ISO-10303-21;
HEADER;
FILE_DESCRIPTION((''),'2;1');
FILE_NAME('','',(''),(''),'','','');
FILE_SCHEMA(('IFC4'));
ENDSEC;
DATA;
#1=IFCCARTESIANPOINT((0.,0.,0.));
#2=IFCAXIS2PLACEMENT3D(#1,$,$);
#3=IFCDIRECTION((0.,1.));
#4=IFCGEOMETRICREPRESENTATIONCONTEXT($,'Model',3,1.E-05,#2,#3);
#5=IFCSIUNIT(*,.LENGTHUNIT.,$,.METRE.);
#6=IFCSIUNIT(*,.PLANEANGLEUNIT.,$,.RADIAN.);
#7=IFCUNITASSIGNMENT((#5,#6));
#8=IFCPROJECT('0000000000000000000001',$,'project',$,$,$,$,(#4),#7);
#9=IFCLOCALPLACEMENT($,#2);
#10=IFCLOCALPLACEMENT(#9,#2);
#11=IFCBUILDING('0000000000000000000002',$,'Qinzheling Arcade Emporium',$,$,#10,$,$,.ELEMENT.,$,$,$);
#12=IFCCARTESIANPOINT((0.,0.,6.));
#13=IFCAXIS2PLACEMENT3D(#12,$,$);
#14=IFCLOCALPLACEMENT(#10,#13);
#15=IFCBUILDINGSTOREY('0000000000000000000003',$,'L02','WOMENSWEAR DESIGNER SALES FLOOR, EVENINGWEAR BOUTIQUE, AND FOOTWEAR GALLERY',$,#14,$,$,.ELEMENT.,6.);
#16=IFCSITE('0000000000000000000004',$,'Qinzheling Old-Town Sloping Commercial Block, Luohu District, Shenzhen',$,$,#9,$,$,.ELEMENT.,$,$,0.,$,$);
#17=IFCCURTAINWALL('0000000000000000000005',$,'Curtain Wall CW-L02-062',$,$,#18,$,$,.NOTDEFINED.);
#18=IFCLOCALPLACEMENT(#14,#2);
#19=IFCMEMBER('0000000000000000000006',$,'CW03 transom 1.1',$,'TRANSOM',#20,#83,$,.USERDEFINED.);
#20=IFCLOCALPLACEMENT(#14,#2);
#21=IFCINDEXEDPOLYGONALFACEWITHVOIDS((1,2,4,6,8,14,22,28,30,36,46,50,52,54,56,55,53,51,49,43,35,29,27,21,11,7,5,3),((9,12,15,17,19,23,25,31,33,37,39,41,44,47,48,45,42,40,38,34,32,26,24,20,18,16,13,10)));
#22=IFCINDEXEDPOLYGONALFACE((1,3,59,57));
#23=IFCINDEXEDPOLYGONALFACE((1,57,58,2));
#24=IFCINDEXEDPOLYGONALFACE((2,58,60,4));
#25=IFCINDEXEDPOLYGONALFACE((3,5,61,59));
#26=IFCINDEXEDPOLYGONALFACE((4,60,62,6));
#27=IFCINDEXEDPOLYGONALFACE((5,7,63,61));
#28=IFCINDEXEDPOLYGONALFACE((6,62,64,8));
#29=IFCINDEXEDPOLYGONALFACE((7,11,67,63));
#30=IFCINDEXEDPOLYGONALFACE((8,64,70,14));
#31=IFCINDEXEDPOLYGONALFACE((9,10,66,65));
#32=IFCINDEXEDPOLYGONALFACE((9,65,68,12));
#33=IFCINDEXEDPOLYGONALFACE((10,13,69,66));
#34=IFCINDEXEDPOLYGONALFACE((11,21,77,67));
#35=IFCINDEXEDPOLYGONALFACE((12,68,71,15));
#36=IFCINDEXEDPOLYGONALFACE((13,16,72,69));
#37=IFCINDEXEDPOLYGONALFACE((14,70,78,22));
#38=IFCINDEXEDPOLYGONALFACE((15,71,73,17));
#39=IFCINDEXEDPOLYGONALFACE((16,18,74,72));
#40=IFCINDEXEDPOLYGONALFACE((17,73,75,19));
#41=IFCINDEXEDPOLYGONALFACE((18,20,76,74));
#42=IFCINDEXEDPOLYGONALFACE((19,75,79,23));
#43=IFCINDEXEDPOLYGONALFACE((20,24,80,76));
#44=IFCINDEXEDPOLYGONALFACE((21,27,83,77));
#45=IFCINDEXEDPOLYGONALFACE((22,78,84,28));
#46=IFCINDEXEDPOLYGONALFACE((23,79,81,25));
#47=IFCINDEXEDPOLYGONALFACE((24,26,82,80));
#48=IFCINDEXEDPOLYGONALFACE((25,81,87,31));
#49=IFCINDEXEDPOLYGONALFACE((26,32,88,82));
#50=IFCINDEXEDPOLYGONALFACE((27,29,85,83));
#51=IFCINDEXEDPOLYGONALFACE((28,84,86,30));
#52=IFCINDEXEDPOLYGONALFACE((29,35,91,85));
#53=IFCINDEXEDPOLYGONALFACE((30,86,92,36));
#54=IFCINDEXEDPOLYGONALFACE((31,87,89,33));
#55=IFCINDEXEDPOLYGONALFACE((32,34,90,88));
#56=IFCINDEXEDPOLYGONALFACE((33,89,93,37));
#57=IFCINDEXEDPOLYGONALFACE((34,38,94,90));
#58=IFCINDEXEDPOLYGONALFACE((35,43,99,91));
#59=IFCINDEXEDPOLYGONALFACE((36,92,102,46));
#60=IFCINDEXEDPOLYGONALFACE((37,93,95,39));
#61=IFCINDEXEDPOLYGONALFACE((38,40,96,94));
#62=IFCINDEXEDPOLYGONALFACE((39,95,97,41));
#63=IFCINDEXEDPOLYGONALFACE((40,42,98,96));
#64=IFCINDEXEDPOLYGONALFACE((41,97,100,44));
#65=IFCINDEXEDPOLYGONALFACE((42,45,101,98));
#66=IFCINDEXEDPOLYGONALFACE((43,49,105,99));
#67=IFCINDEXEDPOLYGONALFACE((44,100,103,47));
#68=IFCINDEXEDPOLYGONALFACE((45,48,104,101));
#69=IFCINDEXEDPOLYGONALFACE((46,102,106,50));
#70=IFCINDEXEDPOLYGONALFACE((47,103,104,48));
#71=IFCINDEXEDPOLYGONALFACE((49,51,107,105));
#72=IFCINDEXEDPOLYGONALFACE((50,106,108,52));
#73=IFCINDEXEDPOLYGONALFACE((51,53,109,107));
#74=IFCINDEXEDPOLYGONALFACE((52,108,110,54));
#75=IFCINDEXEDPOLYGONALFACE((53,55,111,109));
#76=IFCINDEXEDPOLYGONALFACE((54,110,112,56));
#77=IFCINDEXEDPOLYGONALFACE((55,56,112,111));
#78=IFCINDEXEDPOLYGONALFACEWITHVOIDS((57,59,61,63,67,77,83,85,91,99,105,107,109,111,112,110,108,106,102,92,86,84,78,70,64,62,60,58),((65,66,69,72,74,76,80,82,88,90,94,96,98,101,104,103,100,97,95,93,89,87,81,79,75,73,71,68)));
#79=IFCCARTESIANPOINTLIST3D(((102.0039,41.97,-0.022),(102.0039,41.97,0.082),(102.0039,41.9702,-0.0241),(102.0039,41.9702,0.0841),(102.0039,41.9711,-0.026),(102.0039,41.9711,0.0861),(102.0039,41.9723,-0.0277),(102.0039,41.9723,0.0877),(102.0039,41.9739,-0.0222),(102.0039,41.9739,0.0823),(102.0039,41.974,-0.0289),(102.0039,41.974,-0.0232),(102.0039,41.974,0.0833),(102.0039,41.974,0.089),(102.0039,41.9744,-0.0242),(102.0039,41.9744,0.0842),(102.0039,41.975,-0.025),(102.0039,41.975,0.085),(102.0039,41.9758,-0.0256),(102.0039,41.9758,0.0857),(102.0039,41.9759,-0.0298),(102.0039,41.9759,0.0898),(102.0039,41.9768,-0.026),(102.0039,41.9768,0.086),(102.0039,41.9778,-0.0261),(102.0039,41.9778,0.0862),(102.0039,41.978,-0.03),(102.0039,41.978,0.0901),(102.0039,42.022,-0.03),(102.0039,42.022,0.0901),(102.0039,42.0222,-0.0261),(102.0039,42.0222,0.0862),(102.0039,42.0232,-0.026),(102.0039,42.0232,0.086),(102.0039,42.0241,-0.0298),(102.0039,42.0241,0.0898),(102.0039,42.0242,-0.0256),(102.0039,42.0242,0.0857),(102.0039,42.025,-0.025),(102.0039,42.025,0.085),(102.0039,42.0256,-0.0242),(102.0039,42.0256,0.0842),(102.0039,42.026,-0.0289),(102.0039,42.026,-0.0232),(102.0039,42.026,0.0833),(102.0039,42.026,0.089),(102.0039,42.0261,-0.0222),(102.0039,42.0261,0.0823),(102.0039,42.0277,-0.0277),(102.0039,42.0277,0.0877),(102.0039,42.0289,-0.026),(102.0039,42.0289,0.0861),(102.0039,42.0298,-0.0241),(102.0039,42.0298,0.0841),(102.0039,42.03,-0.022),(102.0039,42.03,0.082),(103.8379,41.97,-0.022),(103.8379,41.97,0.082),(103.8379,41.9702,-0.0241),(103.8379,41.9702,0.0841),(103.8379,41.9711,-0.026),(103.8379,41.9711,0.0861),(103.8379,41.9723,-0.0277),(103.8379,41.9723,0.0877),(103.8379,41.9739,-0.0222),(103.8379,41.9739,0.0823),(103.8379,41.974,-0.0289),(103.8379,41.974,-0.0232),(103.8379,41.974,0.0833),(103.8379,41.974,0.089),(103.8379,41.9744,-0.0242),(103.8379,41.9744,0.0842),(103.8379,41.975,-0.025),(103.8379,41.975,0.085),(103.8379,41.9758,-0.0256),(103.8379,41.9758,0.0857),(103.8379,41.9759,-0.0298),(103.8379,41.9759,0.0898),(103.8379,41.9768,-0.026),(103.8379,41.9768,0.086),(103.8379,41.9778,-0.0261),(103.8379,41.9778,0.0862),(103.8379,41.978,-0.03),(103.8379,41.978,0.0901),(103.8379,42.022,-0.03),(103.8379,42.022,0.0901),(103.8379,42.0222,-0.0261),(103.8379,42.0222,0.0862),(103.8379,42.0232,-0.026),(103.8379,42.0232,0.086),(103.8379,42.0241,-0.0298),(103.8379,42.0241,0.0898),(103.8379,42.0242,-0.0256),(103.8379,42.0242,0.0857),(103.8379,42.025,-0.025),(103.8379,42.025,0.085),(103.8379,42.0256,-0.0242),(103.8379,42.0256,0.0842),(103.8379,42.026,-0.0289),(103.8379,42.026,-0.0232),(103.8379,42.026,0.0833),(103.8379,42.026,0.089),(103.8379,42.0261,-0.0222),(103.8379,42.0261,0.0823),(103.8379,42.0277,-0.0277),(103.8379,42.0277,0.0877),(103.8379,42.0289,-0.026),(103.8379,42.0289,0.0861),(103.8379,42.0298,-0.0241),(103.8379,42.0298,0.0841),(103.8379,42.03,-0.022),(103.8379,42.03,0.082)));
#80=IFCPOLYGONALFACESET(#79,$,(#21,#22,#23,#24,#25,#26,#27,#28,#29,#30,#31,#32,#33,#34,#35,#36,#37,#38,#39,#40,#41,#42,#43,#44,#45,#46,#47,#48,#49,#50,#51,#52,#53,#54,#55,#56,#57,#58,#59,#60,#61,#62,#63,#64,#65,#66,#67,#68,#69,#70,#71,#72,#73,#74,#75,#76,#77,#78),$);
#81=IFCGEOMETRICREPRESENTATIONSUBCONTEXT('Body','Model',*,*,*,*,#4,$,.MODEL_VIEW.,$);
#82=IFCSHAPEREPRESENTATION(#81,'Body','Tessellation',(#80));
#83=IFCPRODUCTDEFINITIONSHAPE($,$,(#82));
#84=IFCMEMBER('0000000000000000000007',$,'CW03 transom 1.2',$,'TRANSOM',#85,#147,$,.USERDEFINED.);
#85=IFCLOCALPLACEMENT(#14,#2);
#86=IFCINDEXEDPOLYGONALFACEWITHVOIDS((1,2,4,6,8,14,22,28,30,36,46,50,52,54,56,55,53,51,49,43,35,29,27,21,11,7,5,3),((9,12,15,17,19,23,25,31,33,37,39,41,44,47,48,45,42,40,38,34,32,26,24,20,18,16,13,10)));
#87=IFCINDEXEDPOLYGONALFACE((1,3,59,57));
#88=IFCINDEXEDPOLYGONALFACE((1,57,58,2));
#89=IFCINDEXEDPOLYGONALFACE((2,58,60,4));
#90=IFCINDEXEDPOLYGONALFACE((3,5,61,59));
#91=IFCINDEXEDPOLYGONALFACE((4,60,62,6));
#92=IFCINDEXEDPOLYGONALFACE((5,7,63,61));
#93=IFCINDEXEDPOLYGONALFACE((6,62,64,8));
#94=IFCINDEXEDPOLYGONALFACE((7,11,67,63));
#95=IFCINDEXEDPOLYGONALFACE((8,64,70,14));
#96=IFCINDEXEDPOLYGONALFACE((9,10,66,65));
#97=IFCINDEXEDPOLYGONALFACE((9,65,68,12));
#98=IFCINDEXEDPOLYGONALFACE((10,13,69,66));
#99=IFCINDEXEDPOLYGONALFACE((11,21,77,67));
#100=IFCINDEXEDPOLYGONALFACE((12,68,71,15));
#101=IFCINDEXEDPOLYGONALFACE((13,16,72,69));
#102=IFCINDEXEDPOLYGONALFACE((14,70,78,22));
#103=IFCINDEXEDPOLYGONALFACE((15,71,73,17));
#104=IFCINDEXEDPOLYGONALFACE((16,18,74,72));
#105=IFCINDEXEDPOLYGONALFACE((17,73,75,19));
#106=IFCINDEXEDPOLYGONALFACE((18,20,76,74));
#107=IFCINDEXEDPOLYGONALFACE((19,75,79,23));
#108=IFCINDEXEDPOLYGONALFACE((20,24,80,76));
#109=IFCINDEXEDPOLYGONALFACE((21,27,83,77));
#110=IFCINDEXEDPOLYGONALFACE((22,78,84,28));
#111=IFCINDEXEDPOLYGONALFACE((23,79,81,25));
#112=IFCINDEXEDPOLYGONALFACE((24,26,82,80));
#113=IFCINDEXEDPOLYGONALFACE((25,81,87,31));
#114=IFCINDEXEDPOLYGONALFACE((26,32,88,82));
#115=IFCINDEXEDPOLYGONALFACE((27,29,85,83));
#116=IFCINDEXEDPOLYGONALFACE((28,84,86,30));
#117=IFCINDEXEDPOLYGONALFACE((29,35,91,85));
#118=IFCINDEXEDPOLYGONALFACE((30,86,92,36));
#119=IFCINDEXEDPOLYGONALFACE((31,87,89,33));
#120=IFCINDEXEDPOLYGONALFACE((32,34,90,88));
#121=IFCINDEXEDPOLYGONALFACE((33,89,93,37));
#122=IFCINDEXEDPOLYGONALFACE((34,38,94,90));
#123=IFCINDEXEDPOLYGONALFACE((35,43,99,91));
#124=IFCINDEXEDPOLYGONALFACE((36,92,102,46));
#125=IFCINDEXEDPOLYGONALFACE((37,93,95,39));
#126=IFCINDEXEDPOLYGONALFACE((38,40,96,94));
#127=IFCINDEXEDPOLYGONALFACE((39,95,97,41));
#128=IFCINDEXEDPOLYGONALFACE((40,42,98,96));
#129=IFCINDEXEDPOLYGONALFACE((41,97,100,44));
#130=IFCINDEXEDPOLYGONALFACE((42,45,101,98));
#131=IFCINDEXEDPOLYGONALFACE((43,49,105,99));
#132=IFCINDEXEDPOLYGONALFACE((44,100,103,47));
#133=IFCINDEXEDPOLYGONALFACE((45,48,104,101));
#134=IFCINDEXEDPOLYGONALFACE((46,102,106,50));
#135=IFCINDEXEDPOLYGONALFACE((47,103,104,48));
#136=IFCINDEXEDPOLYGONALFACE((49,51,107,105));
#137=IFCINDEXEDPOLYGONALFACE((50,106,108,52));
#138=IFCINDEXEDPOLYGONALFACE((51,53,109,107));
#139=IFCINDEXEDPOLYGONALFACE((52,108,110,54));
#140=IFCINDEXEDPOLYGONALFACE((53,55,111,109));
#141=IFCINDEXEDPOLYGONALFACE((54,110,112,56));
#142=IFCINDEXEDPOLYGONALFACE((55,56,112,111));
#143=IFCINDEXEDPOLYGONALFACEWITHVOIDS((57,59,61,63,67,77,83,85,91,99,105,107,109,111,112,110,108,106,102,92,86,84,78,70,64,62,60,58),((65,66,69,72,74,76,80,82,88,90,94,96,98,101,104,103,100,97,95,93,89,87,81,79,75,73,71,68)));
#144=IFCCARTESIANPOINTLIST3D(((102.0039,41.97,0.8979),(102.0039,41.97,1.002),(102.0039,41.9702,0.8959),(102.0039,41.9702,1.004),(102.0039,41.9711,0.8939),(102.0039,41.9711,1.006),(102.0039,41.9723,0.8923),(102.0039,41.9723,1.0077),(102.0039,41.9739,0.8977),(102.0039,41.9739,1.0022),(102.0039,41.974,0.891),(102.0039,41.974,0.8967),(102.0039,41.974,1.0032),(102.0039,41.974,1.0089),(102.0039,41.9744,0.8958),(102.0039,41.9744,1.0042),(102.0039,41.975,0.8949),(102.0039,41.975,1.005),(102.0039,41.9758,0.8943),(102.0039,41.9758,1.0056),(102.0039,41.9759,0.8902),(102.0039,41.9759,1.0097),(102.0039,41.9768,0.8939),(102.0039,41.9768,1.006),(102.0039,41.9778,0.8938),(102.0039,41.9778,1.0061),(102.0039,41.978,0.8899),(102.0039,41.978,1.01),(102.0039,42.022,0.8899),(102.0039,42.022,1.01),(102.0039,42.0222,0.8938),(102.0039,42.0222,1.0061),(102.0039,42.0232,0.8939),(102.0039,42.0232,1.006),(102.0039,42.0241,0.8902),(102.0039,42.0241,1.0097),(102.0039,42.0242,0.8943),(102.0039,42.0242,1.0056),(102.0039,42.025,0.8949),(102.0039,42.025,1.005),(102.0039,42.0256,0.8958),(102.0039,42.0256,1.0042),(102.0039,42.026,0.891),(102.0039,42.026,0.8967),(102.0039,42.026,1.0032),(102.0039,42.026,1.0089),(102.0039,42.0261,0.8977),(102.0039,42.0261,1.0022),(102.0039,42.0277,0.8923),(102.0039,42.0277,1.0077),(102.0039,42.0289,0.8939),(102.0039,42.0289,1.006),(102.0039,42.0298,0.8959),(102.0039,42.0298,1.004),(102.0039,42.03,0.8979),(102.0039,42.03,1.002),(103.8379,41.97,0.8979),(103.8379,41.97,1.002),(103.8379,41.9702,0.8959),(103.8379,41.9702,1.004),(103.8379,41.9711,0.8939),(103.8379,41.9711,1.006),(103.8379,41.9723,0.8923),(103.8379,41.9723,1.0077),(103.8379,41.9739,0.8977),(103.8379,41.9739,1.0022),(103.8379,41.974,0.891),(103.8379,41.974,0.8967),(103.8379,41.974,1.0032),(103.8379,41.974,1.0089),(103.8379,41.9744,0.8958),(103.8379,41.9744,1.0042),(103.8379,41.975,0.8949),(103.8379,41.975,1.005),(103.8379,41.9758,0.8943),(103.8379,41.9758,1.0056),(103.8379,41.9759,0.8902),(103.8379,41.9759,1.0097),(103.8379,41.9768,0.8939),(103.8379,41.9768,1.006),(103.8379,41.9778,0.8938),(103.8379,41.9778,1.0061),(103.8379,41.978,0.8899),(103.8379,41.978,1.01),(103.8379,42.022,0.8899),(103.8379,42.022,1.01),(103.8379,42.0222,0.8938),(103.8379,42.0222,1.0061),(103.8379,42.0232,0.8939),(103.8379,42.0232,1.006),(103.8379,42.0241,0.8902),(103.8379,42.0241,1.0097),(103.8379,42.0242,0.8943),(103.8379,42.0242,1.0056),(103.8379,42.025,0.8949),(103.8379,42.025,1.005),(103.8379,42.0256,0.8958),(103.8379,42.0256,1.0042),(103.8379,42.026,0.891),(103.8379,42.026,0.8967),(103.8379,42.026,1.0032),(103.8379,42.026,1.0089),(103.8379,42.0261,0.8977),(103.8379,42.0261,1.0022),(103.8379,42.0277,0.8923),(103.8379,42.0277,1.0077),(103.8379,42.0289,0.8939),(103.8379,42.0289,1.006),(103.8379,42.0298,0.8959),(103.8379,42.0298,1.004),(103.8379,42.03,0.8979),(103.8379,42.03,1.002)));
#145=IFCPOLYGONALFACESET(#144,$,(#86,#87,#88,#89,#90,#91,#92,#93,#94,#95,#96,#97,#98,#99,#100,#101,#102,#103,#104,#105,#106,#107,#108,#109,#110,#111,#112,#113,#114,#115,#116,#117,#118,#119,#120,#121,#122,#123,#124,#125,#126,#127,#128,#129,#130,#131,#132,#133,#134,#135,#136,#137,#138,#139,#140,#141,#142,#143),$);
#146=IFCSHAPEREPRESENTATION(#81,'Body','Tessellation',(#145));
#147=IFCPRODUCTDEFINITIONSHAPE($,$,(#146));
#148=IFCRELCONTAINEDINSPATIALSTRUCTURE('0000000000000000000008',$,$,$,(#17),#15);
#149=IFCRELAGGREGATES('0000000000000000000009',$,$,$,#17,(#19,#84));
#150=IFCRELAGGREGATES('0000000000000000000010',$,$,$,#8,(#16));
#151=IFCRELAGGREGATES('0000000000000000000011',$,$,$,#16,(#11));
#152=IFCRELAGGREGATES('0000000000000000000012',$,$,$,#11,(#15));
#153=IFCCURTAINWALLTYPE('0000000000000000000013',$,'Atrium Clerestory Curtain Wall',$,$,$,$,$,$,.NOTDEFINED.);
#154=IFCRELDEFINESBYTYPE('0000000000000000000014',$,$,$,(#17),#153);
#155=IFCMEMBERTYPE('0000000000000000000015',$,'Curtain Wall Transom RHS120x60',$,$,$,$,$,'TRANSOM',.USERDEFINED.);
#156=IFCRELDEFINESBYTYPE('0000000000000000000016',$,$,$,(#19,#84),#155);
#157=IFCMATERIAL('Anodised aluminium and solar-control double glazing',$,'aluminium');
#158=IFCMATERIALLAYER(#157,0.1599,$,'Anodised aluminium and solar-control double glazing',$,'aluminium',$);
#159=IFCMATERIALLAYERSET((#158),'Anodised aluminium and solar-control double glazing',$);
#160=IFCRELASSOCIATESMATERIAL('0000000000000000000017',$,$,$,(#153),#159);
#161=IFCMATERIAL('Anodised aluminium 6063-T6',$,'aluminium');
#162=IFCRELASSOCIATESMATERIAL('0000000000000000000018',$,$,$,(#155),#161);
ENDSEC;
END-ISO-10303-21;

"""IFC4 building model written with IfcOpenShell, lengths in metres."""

from ifc_helpers import new_model, si_unit, direction, frame, origin, origin_2d, place, context, subcontext, project, spatial, hollow_rectangle, extrude, material, layer, layer_set, material_profile, profile_set, type_object, element, aggregate, save


model = new_model("IFC4")

# Units and contexts
model_context = context("Model", 3, precision=1e-05, world=origin(), true_north=direction((0.0, 1.0)))
body_context = subcontext(model_context, "Body", "Model", "MODEL_VIEW")
ifc_project = project(units=[si_unit("LENGTHUNIT", "METRE"), si_unit("PLANEANGLEUNIT", "RADIAN")], contexts=[model_context])

# Site, building, storey
site_placement = place(None, origin())
site = spatial("IfcSite", under=ifc_project, at=site_placement, Name="Qinzheling Old-Town Sloping Commercial Block, Luohu District, Shenzhen", CompositionType="ELEMENT", RefElevation=0.0)
building_placement = place(site_placement, origin())
building = spatial("IfcBuilding", under=site, at=building_placement, Name="Qinzheling Arcade Emporium", CompositionType="ELEMENT")
storey_placement = place(building_placement, frame((0.0, 0.0, 6.0)))
storey = spatial("IfcBuildingStorey", under=building, at=storey_placement, Name="L02", Description="WOMENSWEAR DESIGNER SALES FLOOR, EVENINGWEAR BOUTIQUE, AND FOOTWEAR GALLERY", CompositionType="ELEMENT", Elevation=6.0)

# Curtain wall, members
ifc_material_1 = material(Name="Anodised aluminium and solar-control double glazing", Category="aluminium")
ifc_layer_1 = layer(ifc_material_1, 0.1599, Name="Anodised aluminium and solar-control double glazing", Category="aluminium")
ifc_layer_set_1 = layer_set([ifc_layer_1], Name="Anodised aluminium and solar-control double glazing")
curtain_wall_type = type_object("IfcCurtainWallType", Name="Atrium Clerestory Curtain Wall", PredefinedType="NOTDEFINED", material=ifc_layer_set_1)
curtain_wall_placement = place(storey_placement, origin())
curtain_wall = element("IfcCurtainWall", 1, at=curtain_wall_placement, inside=storey, type_object=curtain_wall_type, Name="Curtain Wall CW-L02-062", PredefinedType="NOTDEFINED")
ifc_material_2 = material(Name="Anodised aluminium 6063-T6", Category="aluminium")
ifc_material_profile_1 = material_profile(ifc_material_2, hollow_rectangle(XDim=0.0601, YDim=0.1201, WallThickness=0.0039, InnerFilletRadius=0.0039, OuterFilletRadius=0.0081, at=origin_2d()), Name="RHS 120x60x4", Category="aluminium")
ifc_profile_set_1 = profile_set([ifc_material_profile_1], Name="Anodised aluminium 6063-T6")
member_type_1 = type_object("IfcMemberType", Name="Curtain Wall Transom RHS120x60", ElementType="TRANSOM", PredefinedType="USERDEFINED", material=ifc_profile_set_1)
member_1_placement = place(storey_placement, frame((103.8379, 42.0, 0.03), z_axis=(-1.0, 0.0, 0.0), x_axis=(0.0, -1.0, 0.0)))
member_1 = element("IfcMember", 2, at=member_1_placement, type_object=member_type_1, Name="CW03 transom 1.1", ObjectType="TRANSOM", PredefinedType="USERDEFINED", context=body_context, shape_type="SweptSolid", body=[
    extrude(hollow_rectangle(XDim=0.0601, YDim=0.1201, WallThickness=0.0039, InnerFilletRadius=0.0039, OuterFilletRadius=0.0081, at=origin_2d()), origin(), (0.0, 0.0, 1.0), 1.834),
])
member_2_placement = place(storey_placement, frame((103.8379, 42.0, 0.95), z_axis=(-1.0, 0.0, 0.0), x_axis=(0.0, -1.0, 0.0)))
member_2 = element("IfcMember", 3, at=member_2_placement, type_object=member_type_1, Name="CW03 transom 1.2", ObjectType="TRANSOM", PredefinedType="USERDEFINED", context=body_context, shape_type="SweptSolid", body=[
    extrude(hollow_rectangle(XDim=0.0601, YDim=0.1201, WallThickness=0.0039, InnerFilletRadius=0.0039, OuterFilletRadius=0.0081, at=origin_2d()), origin(), (0.0, 0.0, 1.0), 1.834),
])

aggregate(curtain_wall, [member_1, member_2])

save(model, "model.ifc")
